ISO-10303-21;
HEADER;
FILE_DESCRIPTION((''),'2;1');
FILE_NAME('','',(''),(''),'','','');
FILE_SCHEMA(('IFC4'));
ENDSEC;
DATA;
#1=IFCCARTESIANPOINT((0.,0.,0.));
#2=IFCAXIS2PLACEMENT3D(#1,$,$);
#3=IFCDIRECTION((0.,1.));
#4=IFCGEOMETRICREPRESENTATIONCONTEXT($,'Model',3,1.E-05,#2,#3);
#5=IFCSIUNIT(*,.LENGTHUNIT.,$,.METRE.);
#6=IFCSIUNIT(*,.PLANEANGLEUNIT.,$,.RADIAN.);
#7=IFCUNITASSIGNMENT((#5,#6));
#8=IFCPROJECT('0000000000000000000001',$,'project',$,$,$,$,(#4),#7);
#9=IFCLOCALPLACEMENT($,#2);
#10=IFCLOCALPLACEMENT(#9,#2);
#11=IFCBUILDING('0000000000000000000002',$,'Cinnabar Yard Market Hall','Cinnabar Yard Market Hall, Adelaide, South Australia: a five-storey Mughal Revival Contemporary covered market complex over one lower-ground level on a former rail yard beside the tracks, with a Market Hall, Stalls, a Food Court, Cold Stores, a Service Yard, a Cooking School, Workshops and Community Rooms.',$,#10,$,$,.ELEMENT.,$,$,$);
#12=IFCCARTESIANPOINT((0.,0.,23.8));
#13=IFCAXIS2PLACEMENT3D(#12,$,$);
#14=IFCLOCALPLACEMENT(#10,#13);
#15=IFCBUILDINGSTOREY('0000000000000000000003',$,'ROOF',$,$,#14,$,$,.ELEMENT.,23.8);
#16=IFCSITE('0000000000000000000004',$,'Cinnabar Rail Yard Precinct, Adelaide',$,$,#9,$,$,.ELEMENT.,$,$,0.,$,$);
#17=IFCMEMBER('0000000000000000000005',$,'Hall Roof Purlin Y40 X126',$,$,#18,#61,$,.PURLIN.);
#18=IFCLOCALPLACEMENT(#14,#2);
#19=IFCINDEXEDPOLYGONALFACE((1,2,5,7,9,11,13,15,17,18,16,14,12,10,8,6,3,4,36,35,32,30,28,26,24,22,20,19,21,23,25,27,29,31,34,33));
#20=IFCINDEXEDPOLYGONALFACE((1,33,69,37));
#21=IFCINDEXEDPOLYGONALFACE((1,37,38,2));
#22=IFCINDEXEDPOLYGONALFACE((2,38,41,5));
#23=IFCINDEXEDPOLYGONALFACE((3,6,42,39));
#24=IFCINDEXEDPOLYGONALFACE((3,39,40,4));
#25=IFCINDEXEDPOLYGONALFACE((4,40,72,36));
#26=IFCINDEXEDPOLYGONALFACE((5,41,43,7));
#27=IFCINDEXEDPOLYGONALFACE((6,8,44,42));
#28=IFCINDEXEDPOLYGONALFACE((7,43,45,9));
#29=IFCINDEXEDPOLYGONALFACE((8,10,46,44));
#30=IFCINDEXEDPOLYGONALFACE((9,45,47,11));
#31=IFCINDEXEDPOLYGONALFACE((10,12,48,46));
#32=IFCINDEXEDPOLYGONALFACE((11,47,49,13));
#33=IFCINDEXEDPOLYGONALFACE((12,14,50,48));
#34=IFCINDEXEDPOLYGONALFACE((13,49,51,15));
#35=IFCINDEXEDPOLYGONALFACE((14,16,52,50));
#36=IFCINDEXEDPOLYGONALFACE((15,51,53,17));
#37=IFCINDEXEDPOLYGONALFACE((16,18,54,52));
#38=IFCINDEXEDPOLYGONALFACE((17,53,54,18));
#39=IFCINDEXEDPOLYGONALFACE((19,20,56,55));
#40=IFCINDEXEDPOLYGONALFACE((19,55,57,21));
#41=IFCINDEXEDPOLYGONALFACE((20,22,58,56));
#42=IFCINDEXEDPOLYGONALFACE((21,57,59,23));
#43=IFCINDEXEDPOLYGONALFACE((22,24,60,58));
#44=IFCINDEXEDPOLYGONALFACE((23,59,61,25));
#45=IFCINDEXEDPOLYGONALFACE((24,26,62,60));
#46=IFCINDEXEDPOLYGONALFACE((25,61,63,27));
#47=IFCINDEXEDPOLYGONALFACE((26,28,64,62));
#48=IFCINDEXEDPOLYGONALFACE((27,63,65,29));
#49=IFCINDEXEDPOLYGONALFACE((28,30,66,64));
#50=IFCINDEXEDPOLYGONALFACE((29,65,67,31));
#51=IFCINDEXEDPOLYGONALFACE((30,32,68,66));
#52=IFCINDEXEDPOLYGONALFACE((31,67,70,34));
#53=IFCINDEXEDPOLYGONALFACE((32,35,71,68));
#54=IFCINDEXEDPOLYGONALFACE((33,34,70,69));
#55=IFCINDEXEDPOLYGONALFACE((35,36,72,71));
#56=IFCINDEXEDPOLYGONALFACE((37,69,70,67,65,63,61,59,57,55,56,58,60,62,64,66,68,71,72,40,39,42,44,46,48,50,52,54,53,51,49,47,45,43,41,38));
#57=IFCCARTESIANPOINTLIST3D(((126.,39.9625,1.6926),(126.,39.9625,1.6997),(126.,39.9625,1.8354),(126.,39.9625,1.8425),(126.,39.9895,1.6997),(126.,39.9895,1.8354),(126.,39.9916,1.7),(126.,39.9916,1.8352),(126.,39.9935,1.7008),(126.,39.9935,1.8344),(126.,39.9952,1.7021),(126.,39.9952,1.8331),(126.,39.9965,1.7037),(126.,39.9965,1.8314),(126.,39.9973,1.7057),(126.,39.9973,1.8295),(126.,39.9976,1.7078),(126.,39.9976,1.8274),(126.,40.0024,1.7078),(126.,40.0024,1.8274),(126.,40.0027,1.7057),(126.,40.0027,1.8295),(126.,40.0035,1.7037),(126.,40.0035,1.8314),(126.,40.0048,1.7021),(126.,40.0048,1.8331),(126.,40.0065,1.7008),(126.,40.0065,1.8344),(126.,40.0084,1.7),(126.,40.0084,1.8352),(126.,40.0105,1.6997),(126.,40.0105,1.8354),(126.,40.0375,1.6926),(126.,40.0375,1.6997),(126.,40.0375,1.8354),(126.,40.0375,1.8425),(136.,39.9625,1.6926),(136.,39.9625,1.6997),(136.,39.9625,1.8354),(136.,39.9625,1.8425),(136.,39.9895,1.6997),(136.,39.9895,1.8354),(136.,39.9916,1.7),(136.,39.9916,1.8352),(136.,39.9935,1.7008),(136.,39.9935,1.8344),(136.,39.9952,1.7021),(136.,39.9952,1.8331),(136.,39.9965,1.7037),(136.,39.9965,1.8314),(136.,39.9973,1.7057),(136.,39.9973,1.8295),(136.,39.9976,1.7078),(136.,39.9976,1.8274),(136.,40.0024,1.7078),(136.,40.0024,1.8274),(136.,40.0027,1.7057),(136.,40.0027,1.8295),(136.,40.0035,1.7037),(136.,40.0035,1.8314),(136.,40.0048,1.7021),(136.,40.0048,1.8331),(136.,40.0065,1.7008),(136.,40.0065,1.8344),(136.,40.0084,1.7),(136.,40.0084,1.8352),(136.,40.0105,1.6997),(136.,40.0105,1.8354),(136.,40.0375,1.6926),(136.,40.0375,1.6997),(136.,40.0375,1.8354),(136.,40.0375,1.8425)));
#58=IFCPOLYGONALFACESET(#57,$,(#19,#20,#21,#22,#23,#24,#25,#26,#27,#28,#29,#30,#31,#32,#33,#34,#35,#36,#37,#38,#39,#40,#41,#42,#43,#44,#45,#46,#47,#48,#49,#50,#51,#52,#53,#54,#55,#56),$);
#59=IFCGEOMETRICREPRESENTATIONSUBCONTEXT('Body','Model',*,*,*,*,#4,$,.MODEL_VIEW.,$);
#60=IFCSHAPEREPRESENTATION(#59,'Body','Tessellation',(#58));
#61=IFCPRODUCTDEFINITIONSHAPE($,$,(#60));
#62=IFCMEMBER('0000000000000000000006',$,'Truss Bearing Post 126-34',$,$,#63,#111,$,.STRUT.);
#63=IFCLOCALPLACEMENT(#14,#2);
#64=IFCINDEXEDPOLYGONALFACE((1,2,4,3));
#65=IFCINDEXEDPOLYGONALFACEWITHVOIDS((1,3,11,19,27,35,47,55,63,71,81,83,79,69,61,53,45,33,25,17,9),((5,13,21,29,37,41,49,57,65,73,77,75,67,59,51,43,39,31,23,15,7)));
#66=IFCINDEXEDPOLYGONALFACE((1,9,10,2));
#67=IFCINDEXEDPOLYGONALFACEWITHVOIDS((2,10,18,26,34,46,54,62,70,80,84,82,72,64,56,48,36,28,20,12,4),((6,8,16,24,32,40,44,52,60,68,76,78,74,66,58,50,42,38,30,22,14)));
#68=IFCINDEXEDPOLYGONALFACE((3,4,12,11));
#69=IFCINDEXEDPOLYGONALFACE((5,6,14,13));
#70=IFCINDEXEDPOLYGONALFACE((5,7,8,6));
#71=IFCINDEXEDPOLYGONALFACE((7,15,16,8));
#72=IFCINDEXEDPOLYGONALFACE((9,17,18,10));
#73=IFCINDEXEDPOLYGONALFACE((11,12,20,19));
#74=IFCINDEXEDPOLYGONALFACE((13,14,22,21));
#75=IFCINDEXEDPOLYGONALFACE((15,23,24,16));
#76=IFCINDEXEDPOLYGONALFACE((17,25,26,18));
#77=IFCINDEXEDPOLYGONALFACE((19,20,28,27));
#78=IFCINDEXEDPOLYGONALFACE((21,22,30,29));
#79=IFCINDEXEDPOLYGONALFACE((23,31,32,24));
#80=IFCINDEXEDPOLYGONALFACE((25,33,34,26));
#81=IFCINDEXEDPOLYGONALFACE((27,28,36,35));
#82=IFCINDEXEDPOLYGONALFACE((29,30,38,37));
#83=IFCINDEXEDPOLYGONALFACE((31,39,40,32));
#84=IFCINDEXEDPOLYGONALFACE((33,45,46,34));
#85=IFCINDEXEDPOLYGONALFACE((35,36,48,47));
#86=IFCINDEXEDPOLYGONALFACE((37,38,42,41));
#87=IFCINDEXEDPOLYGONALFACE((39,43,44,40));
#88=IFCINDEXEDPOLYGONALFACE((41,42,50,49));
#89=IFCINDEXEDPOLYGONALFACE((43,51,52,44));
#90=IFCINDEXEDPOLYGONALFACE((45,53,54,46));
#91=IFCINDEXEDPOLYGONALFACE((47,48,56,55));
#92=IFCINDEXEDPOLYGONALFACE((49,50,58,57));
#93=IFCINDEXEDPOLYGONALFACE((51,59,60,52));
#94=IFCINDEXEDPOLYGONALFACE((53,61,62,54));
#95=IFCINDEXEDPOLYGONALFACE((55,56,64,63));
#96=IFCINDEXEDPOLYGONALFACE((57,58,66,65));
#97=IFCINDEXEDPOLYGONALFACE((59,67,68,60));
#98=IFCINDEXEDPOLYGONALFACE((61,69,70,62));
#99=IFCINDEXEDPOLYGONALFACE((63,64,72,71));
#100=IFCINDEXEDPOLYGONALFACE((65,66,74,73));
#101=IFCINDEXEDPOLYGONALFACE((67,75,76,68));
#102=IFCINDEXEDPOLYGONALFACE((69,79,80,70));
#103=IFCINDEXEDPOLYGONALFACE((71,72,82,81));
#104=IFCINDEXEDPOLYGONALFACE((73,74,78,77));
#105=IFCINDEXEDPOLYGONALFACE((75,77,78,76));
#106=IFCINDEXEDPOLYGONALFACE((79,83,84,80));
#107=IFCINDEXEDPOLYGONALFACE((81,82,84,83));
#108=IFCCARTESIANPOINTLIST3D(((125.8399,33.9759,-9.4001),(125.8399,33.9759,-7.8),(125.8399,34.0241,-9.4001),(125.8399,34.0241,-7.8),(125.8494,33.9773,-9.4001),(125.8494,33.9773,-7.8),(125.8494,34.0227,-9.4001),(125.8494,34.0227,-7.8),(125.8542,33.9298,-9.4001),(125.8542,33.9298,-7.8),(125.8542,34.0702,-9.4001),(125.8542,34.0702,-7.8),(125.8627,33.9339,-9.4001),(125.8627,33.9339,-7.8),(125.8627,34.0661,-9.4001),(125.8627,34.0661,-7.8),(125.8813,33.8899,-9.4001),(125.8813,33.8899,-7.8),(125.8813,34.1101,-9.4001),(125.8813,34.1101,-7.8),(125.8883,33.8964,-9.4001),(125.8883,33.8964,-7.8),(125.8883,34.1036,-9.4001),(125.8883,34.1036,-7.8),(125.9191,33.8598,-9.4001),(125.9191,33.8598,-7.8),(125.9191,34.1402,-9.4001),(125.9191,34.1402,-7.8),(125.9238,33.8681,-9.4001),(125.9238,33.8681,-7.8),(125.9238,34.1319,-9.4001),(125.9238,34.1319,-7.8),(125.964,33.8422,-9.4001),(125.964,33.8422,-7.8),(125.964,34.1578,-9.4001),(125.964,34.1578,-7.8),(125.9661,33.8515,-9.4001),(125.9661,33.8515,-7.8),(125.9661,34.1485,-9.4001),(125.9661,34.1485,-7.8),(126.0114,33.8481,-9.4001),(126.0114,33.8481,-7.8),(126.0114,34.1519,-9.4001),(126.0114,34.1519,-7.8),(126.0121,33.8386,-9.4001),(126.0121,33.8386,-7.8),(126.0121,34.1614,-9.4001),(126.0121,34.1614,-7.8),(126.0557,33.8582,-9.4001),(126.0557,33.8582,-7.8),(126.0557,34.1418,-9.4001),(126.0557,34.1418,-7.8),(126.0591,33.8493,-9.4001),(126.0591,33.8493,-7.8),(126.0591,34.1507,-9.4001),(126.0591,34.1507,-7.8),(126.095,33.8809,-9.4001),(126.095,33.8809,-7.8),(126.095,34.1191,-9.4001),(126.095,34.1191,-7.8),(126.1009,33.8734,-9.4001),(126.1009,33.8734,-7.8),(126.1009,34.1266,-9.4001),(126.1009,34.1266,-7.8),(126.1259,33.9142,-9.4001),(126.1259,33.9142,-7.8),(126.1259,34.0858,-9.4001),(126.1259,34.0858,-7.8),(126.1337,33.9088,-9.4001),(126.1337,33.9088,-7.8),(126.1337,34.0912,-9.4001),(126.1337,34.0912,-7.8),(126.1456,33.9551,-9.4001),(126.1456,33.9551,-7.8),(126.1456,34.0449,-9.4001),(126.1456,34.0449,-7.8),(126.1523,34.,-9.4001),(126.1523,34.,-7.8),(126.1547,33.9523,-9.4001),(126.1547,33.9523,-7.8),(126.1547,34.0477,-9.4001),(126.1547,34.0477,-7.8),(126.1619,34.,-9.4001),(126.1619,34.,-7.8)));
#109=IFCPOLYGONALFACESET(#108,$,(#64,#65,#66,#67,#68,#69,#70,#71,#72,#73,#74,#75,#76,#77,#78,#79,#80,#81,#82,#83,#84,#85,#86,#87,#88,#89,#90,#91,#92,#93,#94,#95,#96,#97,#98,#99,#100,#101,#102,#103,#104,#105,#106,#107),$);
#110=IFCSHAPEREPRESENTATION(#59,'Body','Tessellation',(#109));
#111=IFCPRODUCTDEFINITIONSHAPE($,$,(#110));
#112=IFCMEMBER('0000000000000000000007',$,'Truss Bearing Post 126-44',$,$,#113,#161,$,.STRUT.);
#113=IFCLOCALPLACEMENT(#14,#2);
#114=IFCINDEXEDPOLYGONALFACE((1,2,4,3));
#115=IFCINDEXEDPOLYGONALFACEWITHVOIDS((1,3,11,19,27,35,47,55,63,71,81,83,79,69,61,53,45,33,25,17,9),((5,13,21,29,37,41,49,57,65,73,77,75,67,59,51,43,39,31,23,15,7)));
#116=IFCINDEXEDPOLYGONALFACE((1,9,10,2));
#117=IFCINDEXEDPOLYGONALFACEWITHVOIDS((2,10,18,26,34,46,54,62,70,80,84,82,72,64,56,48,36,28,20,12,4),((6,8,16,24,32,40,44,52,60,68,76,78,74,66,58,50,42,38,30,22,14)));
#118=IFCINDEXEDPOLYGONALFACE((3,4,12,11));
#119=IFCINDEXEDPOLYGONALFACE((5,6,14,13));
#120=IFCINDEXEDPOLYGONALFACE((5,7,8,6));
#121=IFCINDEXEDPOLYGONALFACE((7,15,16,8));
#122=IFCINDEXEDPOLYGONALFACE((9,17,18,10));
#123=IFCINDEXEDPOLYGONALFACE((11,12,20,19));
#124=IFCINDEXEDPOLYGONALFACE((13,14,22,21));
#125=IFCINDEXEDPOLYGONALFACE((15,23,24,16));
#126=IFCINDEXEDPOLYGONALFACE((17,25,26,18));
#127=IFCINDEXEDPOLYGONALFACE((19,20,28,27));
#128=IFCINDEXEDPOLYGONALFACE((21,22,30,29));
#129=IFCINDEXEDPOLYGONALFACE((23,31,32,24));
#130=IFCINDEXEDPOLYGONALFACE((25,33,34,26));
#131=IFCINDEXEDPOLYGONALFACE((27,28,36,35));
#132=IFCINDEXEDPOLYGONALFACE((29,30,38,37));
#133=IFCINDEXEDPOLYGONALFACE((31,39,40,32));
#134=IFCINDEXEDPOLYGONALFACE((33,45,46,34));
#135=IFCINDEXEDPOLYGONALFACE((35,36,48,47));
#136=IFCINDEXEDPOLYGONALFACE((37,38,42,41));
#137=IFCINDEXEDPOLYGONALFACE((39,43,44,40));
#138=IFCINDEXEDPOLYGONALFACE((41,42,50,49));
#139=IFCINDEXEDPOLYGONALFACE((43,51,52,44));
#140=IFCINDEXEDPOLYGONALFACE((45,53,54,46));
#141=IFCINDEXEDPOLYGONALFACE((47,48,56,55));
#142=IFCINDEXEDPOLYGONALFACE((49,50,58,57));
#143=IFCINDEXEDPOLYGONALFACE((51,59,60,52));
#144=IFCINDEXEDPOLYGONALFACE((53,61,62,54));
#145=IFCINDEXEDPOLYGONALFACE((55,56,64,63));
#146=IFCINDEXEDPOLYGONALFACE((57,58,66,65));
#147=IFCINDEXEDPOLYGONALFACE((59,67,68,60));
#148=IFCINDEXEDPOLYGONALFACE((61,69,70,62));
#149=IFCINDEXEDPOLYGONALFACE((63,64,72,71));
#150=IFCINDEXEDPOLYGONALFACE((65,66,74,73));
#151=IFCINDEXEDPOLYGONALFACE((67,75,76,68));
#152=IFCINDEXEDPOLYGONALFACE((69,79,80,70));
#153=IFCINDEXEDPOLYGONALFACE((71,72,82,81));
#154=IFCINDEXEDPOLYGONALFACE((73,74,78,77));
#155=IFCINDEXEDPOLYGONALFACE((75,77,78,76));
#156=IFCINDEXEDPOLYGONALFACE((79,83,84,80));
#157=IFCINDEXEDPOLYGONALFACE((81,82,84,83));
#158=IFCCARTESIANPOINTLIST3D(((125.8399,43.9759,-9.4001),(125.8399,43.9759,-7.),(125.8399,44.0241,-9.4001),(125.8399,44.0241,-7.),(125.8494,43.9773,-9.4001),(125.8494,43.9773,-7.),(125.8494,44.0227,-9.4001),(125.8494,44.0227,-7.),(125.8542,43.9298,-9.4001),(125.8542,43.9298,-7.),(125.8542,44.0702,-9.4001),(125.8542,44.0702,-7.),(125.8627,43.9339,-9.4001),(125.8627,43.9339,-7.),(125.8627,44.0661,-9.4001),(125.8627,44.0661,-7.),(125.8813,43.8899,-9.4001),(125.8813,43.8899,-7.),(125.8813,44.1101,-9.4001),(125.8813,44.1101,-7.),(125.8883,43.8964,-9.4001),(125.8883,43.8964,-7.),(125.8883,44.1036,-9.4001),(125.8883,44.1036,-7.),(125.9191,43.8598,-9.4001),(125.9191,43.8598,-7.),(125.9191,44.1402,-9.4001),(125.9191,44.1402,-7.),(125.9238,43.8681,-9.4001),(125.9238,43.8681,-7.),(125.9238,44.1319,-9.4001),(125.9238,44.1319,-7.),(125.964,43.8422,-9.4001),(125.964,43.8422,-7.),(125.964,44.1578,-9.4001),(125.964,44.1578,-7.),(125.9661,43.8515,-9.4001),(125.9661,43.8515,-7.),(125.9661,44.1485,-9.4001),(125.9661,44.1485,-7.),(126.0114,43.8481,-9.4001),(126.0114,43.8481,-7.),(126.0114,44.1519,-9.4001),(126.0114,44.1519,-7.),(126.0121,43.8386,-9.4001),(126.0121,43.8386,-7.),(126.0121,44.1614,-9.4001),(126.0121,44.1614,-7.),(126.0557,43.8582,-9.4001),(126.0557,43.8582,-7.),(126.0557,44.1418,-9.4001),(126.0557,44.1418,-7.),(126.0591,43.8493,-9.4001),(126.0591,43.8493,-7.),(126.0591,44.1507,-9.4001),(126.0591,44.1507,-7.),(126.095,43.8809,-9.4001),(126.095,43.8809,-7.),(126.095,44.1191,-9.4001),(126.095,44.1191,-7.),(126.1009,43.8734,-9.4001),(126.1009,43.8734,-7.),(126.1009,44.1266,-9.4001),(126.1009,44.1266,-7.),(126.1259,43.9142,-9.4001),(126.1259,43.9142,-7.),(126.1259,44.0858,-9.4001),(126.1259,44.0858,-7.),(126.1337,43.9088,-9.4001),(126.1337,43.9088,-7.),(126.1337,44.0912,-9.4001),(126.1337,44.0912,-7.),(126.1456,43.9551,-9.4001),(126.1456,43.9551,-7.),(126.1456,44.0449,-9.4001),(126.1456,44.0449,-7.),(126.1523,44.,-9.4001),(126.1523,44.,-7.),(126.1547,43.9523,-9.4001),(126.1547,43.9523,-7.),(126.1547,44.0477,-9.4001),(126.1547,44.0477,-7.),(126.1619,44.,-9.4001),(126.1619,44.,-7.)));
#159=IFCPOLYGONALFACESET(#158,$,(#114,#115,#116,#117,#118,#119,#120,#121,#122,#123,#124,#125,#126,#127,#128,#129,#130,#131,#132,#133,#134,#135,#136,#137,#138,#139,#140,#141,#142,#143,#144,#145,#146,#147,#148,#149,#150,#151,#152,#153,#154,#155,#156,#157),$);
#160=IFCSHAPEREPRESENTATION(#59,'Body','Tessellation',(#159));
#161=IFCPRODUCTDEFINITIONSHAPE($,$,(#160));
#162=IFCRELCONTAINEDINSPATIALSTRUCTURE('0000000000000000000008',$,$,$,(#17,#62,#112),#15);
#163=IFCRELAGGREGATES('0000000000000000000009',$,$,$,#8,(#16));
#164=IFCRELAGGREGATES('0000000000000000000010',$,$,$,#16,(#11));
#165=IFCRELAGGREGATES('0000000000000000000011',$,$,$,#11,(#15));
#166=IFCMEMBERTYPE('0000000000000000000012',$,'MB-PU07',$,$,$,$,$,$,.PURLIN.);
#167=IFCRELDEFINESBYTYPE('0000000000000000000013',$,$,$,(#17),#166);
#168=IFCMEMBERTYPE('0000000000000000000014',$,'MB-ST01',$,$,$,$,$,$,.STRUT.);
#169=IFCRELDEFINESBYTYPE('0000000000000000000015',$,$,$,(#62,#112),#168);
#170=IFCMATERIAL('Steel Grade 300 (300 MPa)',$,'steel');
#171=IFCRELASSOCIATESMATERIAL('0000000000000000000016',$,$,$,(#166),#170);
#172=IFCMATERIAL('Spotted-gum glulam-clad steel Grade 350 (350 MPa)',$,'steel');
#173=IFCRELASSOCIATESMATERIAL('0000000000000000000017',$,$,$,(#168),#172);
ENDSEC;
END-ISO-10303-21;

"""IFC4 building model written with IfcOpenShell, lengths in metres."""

from ifc_helpers import new_model, si_unit, direction, frame, origin, origin_2d_with_axis, place, context, subcontext, project, spatial, hollow_circle, i_section, extrude, material, material_profile, profile_set, type_object, element, save


model = new_model("IFC4")

# Units and contexts
model_context = context("Model", 3, precision=1e-05, world=origin(), true_north=direction((0.0, 1.0)))
body_context = subcontext(model_context, "Body", "Model", "MODEL_VIEW")
ifc_project = project(units=[si_unit("LENGTHUNIT", "METRE"), si_unit("PLANEANGLEUNIT", "RADIAN")], contexts=[model_context])

# Site, building, storey
site_placement = place(None, origin())
site = spatial("IfcSite", under=ifc_project, at=site_placement, Name="Cinnabar Rail Yard Precinct, Adelaide", CompositionType="ELEMENT", RefElevation=0.0)
building_placement = place(site_placement, origin())
building = spatial("IfcBuilding", under=site, at=building_placement, Name="Cinnabar Yard Market Hall", Description="Cinnabar Yard Market Hall, Adelaide, South Australia: a five-storey Mughal Revival Contemporary covered market complex over one lower-ground level on a former rail yard beside the tracks, with a Market Hall, Stalls, a Food Court, Cold Stores, a Service Yard, a Cooking School, Workshops and Community Rooms.", CompositionType="ELEMENT")
storey_placement = place(building_placement, frame((0.0, 0.0, 23.8)))
storey = spatial("IfcBuildingStorey", under=building, at=storey_placement, Name="ROOF", CompositionType="ELEMENT", Elevation=23.8)

# Shared definitions
ifc_material_1 = material(Name="Steel Grade 300 (300 MPa)", Category="steel")

# Members
ifc_material_profile_1 = material_profile(ifc_material_1, i_section(OverallWidth=0.075, OverallDepth=0.1499, WebThickness=0.0049, FlangeThickness=0.0071, FilletRadius=0.0081, at=origin_2d_with_axis()), Name="150UB14.0")
ifc_profile_set_1 = profile_set([ifc_material_profile_1], Name="Steel Grade 300 (300 MPa)")
member_type_1 = type_object("IfcMemberType", Name="MB-PU07", PredefinedType="PURLIN", material=ifc_profile_set_1)
member_1_placement = place(storey_placement, frame((126.0, 40.0, 1.7676), z_axis=(1.0, 0.0, 0.0), x_axis=(0.0, 1.0, 0.0)))
element("IfcMember", 1, at=member_1_placement, inside=storey, type_object=member_type_1, Name="Hall Roof Purlin Y40 X126", PredefinedType="PURLIN", context=body_context, shape_type="SweptSolid", body=[
    extrude(i_section(OverallWidth=0.075, OverallDepth=0.1499, WebThickness=0.0049, FlangeThickness=0.0071, FilletRadius=0.0081, at=origin_2d_with_axis()), origin(), (0.0, 0.0, 1.0), 10.0),
])
ifc_material_2 = material(Name="Spotted-gum glulam-clad steel Grade 350 (350 MPa)", Category="steel")
ifc_material_profile_2 = material_profile(ifc_material_2, hollow_circle(Radius=0.1619, WallThickness=0.0095, at=origin_2d_with_axis()), Name="323.9x9.5CHS")
ifc_profile_set_2 = profile_set([ifc_material_profile_2], Name="Spotted-gum glulam-clad steel Grade 350 (350 MPa)")
member_type_2 = type_object("IfcMemberType", Name="MB-ST01", PredefinedType="STRUT", material=ifc_profile_set_2)
member_2_placement = place(storey_placement, frame((126.0, 34.0, -9.4001), z_axis=(0.0, 0.0, 1.0), x_axis=(1.0, 0.0, 0.0)))
element("IfcMember", 2, at=member_2_placement, inside=storey, type_object=member_type_2, Name="Truss Bearing Post 126-34", PredefinedType="STRUT", context=body_context, shape_type="SweptSolid", body=[
    extrude(hollow_circle(Radius=0.1619, WallThickness=0.0095, at=origin_2d_with_axis()), origin(), (0.0, 0.0, 1.0), 1.6001),
])
member_3_placement = place(storey_placement, frame((126.0, 44.0, -9.4001), z_axis=(0.0, 0.0, 1.0), x_axis=(1.0, 0.0, 0.0)))
element("IfcMember", 3, at=member_3_placement, inside=storey, type_object=member_type_2, Name="Truss Bearing Post 126-44", PredefinedType="STRUT", context=body_context, shape_type="SweptSolid", body=[
    extrude(hollow_circle(Radius=0.1619, WallThickness=0.0095, at=origin_2d_with_axis()), origin(), (0.0, 0.0, 1.0), 2.4001),
])

save(model, "model.ifc")
